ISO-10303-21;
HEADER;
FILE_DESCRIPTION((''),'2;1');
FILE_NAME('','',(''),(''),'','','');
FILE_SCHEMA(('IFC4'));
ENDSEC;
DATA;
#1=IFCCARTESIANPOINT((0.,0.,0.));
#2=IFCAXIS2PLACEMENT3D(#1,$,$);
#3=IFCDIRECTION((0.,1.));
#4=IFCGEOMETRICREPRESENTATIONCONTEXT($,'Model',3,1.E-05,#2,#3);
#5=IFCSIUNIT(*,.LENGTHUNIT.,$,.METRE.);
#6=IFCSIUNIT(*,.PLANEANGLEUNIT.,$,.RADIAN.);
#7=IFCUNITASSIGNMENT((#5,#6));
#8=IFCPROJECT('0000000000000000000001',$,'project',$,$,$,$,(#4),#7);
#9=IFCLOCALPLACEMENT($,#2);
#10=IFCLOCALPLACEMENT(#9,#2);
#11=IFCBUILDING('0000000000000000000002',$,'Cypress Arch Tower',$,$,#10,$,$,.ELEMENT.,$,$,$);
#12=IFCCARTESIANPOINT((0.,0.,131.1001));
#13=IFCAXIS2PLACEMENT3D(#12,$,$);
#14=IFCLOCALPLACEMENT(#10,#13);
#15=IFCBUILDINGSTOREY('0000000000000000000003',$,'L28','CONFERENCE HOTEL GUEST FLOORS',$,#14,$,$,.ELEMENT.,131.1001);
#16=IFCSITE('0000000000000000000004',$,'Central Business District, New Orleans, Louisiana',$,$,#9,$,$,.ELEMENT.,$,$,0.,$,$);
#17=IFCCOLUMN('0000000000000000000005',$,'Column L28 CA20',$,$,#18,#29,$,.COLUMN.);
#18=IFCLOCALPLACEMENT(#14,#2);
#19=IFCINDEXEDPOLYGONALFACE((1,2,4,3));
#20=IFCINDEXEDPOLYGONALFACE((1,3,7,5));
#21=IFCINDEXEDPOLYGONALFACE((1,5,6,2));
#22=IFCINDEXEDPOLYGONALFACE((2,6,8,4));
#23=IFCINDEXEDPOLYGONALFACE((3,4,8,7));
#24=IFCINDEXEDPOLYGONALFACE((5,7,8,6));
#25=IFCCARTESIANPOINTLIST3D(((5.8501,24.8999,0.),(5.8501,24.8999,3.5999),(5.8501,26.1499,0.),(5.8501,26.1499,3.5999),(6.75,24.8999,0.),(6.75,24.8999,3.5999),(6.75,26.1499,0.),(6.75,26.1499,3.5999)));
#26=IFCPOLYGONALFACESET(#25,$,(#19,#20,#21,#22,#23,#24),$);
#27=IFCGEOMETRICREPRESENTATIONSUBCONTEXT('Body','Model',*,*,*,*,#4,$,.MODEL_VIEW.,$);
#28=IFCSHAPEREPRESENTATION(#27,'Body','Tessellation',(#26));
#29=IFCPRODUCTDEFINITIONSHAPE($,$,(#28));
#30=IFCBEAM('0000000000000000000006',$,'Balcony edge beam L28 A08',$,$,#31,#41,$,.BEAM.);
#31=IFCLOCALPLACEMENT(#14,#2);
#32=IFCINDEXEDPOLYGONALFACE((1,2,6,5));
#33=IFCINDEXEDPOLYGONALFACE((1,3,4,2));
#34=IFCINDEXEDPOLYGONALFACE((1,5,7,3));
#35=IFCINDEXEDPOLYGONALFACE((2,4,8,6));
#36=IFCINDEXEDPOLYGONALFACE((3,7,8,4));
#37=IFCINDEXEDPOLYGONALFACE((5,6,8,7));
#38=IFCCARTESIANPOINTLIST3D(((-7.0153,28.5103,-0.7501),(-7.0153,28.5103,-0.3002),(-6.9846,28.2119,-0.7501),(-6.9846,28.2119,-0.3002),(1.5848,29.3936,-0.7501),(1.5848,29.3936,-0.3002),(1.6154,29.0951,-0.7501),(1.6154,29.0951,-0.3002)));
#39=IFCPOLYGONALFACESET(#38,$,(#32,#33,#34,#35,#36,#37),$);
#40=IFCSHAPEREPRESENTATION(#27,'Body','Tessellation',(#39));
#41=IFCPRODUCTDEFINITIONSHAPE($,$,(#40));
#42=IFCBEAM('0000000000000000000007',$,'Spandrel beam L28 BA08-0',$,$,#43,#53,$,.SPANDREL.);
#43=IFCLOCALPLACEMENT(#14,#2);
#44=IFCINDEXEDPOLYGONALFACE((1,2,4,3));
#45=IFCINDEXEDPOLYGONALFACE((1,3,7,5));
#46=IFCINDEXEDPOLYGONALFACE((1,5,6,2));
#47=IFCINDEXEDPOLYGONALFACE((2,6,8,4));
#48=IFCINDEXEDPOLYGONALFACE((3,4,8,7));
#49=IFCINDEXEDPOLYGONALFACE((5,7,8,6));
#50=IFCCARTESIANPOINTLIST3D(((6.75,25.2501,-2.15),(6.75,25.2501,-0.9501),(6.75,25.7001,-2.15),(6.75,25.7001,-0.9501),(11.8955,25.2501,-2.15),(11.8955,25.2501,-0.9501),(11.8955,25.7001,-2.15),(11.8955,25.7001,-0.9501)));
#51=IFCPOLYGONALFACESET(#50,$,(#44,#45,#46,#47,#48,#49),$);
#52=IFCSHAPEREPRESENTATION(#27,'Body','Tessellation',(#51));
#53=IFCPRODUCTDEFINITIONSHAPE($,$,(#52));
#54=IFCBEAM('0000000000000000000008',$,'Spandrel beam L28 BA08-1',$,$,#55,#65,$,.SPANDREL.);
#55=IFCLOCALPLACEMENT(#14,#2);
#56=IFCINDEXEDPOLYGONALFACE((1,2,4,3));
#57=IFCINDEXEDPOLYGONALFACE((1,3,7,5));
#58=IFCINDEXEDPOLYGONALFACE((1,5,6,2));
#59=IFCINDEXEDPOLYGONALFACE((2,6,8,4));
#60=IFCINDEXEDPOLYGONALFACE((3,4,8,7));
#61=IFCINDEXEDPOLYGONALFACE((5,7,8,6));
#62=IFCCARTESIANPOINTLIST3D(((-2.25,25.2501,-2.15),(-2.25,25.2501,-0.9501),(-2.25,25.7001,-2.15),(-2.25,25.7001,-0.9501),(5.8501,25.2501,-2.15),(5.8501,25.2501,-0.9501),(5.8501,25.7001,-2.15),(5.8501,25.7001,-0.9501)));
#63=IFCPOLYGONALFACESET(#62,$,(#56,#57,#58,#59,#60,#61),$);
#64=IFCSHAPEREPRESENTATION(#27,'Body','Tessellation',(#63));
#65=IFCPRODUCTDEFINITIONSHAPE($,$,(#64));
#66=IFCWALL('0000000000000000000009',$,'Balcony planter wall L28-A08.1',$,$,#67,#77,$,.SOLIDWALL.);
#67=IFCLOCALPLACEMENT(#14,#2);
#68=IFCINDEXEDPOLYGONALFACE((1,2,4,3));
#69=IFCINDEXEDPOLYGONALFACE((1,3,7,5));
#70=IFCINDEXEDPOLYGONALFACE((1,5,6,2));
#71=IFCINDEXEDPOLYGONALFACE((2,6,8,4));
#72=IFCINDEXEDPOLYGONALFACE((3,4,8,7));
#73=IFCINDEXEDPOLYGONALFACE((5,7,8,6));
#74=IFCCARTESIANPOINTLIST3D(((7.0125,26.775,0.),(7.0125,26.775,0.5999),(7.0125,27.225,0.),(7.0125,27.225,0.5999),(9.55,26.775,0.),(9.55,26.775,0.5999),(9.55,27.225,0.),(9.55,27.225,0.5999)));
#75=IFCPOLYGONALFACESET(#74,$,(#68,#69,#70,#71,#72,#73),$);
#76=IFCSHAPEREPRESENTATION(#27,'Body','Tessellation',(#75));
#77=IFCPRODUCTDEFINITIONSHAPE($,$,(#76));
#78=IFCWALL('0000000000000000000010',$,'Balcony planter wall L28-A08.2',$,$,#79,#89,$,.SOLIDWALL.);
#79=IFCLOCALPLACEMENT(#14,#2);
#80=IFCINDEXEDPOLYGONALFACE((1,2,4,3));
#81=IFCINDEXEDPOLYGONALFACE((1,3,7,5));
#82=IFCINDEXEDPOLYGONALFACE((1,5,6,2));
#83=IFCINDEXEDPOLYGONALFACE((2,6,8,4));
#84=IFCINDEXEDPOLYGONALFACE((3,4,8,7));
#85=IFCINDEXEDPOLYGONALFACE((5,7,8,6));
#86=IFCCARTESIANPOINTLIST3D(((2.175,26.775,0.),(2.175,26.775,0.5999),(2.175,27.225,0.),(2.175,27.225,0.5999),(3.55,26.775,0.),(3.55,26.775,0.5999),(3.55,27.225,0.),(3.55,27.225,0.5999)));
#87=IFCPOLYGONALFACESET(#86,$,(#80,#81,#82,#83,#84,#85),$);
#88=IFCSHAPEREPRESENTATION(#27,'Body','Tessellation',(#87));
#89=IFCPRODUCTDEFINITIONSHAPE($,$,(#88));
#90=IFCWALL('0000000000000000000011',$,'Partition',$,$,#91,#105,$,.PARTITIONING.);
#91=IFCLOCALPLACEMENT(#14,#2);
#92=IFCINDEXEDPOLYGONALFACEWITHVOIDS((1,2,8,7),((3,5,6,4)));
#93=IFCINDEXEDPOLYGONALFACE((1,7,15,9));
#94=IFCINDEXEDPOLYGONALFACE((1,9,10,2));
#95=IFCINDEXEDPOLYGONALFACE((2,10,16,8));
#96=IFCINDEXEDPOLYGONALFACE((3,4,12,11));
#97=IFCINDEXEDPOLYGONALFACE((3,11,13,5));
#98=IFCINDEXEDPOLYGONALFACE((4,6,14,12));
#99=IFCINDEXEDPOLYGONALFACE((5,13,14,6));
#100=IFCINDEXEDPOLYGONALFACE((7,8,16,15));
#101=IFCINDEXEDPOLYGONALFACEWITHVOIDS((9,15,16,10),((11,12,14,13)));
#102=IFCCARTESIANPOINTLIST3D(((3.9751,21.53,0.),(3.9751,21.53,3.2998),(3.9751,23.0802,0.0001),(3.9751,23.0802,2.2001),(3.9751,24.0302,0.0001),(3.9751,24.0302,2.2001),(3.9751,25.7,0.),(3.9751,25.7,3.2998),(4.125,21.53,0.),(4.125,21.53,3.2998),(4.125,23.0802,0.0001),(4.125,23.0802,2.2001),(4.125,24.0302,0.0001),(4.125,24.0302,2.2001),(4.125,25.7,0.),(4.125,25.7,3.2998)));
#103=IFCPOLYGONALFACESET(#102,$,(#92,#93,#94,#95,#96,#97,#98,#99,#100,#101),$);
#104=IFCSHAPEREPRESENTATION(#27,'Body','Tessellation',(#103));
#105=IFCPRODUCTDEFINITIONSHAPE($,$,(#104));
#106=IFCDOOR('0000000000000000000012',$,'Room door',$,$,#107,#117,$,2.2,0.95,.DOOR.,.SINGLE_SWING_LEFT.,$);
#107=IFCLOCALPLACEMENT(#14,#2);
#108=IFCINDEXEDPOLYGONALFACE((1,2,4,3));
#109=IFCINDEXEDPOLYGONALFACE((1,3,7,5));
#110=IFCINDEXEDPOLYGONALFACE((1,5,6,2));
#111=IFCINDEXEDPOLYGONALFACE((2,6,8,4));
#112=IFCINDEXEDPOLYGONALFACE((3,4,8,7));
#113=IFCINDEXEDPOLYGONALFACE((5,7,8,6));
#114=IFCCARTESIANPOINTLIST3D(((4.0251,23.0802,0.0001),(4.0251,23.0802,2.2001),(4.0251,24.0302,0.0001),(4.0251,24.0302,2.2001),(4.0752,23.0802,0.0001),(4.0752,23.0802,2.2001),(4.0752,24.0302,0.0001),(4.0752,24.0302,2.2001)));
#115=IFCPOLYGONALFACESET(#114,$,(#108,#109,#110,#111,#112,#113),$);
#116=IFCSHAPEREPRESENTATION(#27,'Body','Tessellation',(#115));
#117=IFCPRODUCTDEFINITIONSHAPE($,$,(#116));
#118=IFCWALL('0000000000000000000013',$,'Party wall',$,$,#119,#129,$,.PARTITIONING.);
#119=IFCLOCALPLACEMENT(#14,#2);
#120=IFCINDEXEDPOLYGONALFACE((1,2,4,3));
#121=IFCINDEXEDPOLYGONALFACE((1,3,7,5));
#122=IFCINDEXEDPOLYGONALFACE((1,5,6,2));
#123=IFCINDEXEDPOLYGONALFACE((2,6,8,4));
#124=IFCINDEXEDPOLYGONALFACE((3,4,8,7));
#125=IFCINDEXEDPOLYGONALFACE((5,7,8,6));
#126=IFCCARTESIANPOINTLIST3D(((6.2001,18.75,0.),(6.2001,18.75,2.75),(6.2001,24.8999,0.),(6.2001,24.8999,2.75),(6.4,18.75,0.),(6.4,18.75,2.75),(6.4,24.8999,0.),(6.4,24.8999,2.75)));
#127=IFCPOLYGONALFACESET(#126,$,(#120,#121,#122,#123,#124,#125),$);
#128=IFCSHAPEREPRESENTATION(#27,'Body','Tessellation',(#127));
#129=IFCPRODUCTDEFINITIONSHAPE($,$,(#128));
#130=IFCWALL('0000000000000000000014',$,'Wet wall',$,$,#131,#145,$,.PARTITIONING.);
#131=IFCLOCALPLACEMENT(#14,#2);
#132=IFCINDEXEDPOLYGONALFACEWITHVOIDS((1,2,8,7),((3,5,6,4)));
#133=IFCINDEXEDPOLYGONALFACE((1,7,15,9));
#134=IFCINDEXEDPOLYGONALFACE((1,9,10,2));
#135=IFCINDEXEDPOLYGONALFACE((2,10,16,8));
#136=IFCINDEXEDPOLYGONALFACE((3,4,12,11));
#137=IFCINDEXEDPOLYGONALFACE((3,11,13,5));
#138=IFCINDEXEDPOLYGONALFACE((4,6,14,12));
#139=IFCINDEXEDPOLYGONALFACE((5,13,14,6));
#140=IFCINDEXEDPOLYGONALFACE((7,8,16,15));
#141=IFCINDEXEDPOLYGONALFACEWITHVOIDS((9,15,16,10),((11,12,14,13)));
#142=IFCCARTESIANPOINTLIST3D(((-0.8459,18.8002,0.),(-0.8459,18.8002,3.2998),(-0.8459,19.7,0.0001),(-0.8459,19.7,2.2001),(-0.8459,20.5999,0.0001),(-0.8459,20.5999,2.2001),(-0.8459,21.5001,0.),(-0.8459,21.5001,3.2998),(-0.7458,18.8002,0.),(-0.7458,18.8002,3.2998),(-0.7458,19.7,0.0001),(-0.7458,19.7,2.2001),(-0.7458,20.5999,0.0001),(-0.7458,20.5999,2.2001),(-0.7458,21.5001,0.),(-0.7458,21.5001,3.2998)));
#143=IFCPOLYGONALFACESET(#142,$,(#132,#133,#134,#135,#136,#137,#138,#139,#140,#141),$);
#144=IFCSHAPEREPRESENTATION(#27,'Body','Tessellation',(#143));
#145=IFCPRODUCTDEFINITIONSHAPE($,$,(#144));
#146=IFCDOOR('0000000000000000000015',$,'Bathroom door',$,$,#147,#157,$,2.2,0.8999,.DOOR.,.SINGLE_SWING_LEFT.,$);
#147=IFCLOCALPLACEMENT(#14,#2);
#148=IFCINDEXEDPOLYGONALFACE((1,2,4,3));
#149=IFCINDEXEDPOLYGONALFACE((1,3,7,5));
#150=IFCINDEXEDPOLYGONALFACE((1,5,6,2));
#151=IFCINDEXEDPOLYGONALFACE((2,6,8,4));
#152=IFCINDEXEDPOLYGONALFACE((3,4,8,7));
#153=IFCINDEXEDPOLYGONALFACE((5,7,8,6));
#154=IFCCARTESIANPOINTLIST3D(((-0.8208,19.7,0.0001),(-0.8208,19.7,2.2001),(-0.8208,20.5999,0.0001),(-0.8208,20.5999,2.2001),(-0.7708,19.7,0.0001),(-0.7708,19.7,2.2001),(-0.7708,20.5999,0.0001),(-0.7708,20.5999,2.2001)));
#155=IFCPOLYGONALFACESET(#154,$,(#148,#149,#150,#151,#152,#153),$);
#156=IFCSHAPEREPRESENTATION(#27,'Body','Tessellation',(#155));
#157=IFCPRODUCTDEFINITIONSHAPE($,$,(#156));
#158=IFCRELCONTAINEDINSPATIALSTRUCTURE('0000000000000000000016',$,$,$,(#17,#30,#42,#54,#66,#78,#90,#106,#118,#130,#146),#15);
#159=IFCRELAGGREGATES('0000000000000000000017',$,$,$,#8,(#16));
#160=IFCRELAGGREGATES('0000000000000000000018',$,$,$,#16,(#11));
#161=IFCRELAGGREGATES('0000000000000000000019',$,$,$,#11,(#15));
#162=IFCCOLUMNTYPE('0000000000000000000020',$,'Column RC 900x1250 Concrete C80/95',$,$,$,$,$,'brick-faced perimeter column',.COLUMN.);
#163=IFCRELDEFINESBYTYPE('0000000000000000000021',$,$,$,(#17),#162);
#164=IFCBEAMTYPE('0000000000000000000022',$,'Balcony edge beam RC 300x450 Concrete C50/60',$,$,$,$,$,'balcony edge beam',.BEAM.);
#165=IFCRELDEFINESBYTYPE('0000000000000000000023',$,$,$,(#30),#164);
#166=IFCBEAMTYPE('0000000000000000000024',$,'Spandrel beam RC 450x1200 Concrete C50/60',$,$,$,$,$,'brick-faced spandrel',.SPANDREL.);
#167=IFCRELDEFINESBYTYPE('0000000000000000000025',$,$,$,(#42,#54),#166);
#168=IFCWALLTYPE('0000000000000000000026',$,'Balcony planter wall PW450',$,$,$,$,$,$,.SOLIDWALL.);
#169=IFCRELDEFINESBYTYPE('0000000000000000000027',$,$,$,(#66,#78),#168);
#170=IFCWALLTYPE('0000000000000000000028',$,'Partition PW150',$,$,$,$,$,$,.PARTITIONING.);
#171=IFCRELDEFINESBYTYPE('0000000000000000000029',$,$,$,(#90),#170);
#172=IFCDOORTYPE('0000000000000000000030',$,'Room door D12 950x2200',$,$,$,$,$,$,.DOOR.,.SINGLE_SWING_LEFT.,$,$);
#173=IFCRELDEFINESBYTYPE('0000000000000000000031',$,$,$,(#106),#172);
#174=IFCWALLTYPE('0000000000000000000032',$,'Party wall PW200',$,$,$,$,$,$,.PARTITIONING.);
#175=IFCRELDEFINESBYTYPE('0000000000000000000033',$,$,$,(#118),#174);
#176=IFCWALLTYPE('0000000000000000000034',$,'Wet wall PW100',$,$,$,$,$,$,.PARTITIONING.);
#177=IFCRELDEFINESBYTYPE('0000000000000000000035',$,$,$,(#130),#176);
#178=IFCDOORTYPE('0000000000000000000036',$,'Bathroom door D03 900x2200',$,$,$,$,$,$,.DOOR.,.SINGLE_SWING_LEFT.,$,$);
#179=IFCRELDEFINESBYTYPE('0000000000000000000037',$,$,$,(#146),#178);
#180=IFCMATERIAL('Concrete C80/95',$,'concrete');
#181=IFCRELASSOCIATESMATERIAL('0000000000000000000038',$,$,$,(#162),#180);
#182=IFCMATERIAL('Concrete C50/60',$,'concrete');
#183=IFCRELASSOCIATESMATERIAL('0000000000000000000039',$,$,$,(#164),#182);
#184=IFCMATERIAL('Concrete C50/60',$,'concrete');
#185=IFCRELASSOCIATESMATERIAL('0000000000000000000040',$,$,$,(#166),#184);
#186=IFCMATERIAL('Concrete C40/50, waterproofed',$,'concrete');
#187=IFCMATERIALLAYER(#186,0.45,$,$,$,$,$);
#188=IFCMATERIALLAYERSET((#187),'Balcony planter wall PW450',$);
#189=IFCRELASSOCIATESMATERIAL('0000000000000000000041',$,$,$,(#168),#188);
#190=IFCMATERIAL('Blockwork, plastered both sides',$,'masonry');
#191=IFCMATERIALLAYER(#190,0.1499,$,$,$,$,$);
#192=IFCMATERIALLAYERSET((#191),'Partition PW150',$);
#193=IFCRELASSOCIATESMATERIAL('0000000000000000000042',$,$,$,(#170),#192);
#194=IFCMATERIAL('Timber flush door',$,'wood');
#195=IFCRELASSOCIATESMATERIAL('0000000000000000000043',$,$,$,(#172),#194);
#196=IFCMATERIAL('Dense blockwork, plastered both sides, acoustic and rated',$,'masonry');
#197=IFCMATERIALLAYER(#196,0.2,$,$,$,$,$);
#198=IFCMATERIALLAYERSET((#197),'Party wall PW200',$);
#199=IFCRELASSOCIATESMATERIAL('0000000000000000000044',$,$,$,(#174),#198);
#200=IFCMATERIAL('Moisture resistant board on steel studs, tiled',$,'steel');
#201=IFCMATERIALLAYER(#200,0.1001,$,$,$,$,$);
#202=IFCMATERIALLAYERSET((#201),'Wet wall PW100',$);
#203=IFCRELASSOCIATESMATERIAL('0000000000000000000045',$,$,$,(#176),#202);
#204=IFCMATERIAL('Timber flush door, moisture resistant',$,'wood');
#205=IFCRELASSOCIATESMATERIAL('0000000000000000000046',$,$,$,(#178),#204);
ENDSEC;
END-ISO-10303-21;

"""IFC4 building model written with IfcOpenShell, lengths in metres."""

from ifc_helpers import new_model, si_unit, direction, frame, frame_2d, origin, origin_2d, place, context, subcontext, project, spatial, rectangle, extrude, material, layer, layer_set, material_profile, profile_set, type_object, element, fill, save


model = new_model("IFC4")

# Units and contexts
model_context = context("Model", 3, precision=1e-05, world=origin(), true_north=direction((0.0, 1.0)))
body_context = subcontext(model_context, "Body", "Model", "MODEL_VIEW")
ifc_project = project(units=[si_unit("LENGTHUNIT", "METRE"), si_unit("PLANEANGLEUNIT", "RADIAN")], contexts=[model_context])

# Site, building, storey
site_placement = place(None, origin())
site = spatial("IfcSite", under=ifc_project, at=site_placement, Name="Central Business District, New Orleans, Louisiana", CompositionType="ELEMENT", RefElevation=0.0)
building_placement = place(site_placement, origin())
building = spatial("IfcBuilding", under=site, at=building_placement, Name="Cypress Arch Tower", CompositionType="ELEMENT")
storey_placement = place(building_placement, frame((0.0, 0.0, 131.1001)))
storey = spatial("IfcBuildingStorey", under=building, at=storey_placement, Name="L28", Description="CONFERENCE HOTEL GUEST FLOORS", CompositionType="ELEMENT", Elevation=131.1001)

# Column
ifc_material_1 = material(Name="Concrete C80/95", Category="concrete")
ifc_material_profile_1 = material_profile(ifc_material_1, rectangle(XDim=0.8999, YDim=1.25, at=origin_2d()), Name="RC 900x1250")
ifc_profile_set_1 = profile_set([ifc_material_profile_1], Name="Concrete C80/95")
column_type = type_object("IfcColumnType", Name="Column RC 900x1250 Concrete C80/95", ElementType="brick-faced perimeter column", PredefinedType="COLUMN", material=ifc_profile_set_1)
column_placement = place(storey_placement, frame((6.3, 25.5249, 0.0), z_axis=(0.0, 0.0, 1.0), x_axis=(-1.0, 0.0, 0.0)))
element("IfcColumn", 1, at=column_placement, inside=storey, type_object=column_type, Name="Column L28 CA20", PredefinedType="COLUMN", context=body_context, shape_type="SweptSolid", body=[
    extrude(rectangle(XDim=0.8999, YDim=1.25, at=origin_2d()), origin(), (0.0, 0.0, 1.0), 3.5999),
])

# Beams
ifc_material_2 = material(Name="Concrete C50/60", Category="concrete")
ifc_material_profile_2 = material_profile(ifc_material_2, rectangle(XDim=0.3, YDim=0.45, at=origin_2d()), Name="RC 300x450")
ifc_profile_set_2 = profile_set([ifc_material_profile_2], Name="Concrete C50/60")
beam_type_1 = type_object("IfcBeamType", Name="Balcony edge beam RC 300x450 Concrete C50/60", ElementType="balcony edge beam", PredefinedType="BEAM", material=ifc_profile_set_2)
beam_1_placement = place(storey_placement, frame((1.6001, 29.2444, -0.5251), z_axis=(-0.994767, -0.102171, 0.0), x_axis=(0.102171, -0.994767, 0.0)))
element("IfcBeam", 2, at=beam_1_placement, inside=storey, type_object=beam_type_1, Name="Balcony edge beam L28 A08", PredefinedType="BEAM", context=body_context, shape_type="SweptSolid", body=[
    extrude(rectangle(XDim=0.3, YDim=0.45, at=origin_2d()), origin(), (0.0, 0.0, 1.0), 8.6453),
])
ifc_material_3 = material(Name="Concrete C50/60", Category="concrete")
ifc_material_profile_3 = material_profile(ifc_material_3, rectangle(XDim=0.45, YDim=1.2, at=origin_2d()), Name="RC 450x1200")
ifc_profile_set_3 = profile_set([ifc_material_profile_3], Name="Concrete C50/60")
beam_type_2 = type_object("IfcBeamType", Name="Spandrel beam RC 450x1200 Concrete C50/60", ElementType="brick-faced spandrel", PredefinedType="SPANDREL", material=ifc_profile_set_3)
beam_2_placement = place(storey_placement, frame((11.8955, 25.4751, -1.55), z_axis=(-1.0, 0.0, 0.0), x_axis=(0.0, -1.0, 0.0)))
element("IfcBeam", 3, at=beam_2_placement, inside=storey, type_object=beam_type_2, Name="Spandrel beam L28 BA08-0", PredefinedType="SPANDREL", context=body_context, shape_type="SweptSolid", body=[
    extrude(rectangle(XDim=0.45, YDim=1.2, at=origin_2d()), origin(), (0.0, 0.0, 1.0), 5.1455),
])
beam_3_placement = place(storey_placement, frame((5.8501, 25.4751, -1.55), z_axis=(-1.0, 0.0, 0.0), x_axis=(0.0, -1.0, 0.0)))
element("IfcBeam", 4, at=beam_3_placement, inside=storey, type_object=beam_type_2, Name="Spandrel beam L28 BA08-1", PredefinedType="SPANDREL", context=body_context, shape_type="SweptSolid", body=[
    extrude(rectangle(XDim=0.45, YDim=1.2, at=origin_2d()), origin(), (0.0, 0.0, 1.0), 8.1001),
])

# Walls
ifc_material_4 = material(Name="Concrete C40/50, waterproofed", Category="concrete")
ifc_layer_1 = layer(ifc_material_4, 0.45)
ifc_layer_set_1 = layer_set([ifc_layer_1], Name="Balcony planter wall PW450")
wall_type_1 = type_object("IfcWallType", Name="Balcony planter wall PW450", PredefinedType="SOLIDWALL", material=ifc_layer_set_1)
wall_1_placement = place(storey_placement, frame((9.55, 27.0, 0.0), z_axis=(0.0, 0.0, 1.0), x_axis=(-1.0, 0.0, 0.0)))
element("IfcWall", 5, at=wall_1_placement, inside=storey, type_object=wall_type_1, Name="Balcony planter wall L28-A08.1", PredefinedType="SOLIDWALL", context=body_context, shape_type="SweptSolid", body=[
    extrude(rectangle(XDim=2.5376, YDim=0.45, at=frame_2d((1.2688, 0.0))), origin(), (0.0, 0.0, 1.0), 0.5999),
])
wall_2_placement = place(storey_placement, frame((3.55, 27.0, 0.0), z_axis=(0.0, 0.0, 1.0), x_axis=(-1.0, 0.0, 0.0)))
element("IfcWall", 6, at=wall_2_placement, inside=storey, type_object=wall_type_1, Name="Balcony planter wall L28-A08.2", PredefinedType="SOLIDWALL", context=body_context, shape_type="SweptSolid", body=[
    extrude(rectangle(XDim=1.375, YDim=0.45, at=frame_2d((0.6875, 0.0))), origin(), (0.0, 0.0, 1.0), 0.5999),
])

# Wall, opening, door
ifc_material_5 = material(Name="Blockwork, plastered both sides", Category="masonry")
ifc_layer_2 = layer(ifc_material_5, 0.1499)
ifc_layer_set_2 = layer_set([ifc_layer_2], Name="Partition PW150")
wall_type_2 = type_object("IfcWallType", Name="Partition PW150", PredefinedType="PARTITIONING", material=ifc_layer_set_2)
wall_3_placement = place(storey_placement, frame((4.05, 21.53, 0.0), z_axis=(0.0, 0.0, 1.0), x_axis=(0.0, 1.0, 0.0)))
wall_3 = element("IfcWall", 7, at=wall_3_placement, inside=storey, type_object=wall_type_2, Name="Partition", PredefinedType="PARTITIONING", context=body_context, shape_type="SweptSolid", body=[
    extrude(rectangle(XDim=4.1699, YDim=0.1499, at=frame_2d((2.085, 0.0))), origin(), (0.0, 0.0, 1.0), 3.2998),
])
opening_1_placement = place(wall_3_placement, frame((1.55, 0.0, 0.0)))
opening_1 = element("IfcOpeningElement", 8, at=opening_1_placement, cuts=wall_3, PredefinedType="OPENING", context=body_context, shape_type="SweptSolid", body=[
    extrude(rectangle(XDim=0.95, YDim=2.2, at=frame_2d((0.4751, 1.1001))), frame((0.0, 0.085, 0.0), z_axis=(0.0, -1.0, 0.0), x_axis=(1.0, 0.0, 0.0)), (0.0, 0.0, 1.0), 0.1699),
])
ifc_material_6 = material(Name="Timber flush door", Category="wood")
door_type_1 = type_object("IfcDoorType", Name="Room door D12 950x2200", OperationType="SINGLE_SWING_LEFT", PredefinedType="DOOR", material=ifc_material_6)
door_1_placement = place(opening_1_placement, origin())
door_1 = element("IfcDoor", 9, at=door_1_placement, inside=storey, type_object=door_type_1, Name="Room door", OperationType="SINGLE_SWING_LEFT", OverallHeight=2.2, OverallWidth=0.95, PredefinedType="DOOR", context=body_context, shape_type="SweptSolid", body=[
    extrude(rectangle(XDim=0.95, YDim=2.2, at=frame_2d((0.4751, 1.1001))), frame((0.0, 0.0249, 0.0), z_axis=(0.0, -1.0, 0.0), x_axis=(1.0, 0.0, 0.0)), (0.0, 0.0, 1.0), 0.05),
])
fill(opening_1, door_1)

# Wall
ifc_material_7 = material(Name="Dense blockwork, plastered both sides, acoustic and rated", Category="masonry")
ifc_layer_3 = layer(ifc_material_7, 0.2)
ifc_layer_set_3 = layer_set([ifc_layer_3], Name="Party wall PW200")
wall_type_3 = type_object("IfcWallType", Name="Party wall PW200", PredefinedType="PARTITIONING", material=ifc_layer_set_3)
wall_4_placement = place(storey_placement, frame((6.3, 18.75, 0.0), z_axis=(0.0, 0.0, 1.0), x_axis=(0.0, 1.0, 0.0)))
element("IfcWall", 10, at=wall_4_placement, inside=storey, type_object=wall_type_3, Name="Party wall", PredefinedType="PARTITIONING", context=body_context, shape_type="SweptSolid", body=[
    extrude(rectangle(XDim=6.1499, YDim=0.2, at=frame_2d((3.075, 0.0))), origin(), (0.0, 0.0, 1.0), 2.75),
])

# Wall, opening, door
ifc_material_8 = material(Name="Moisture resistant board on steel studs, tiled", Category="steel")
ifc_layer_4 = layer(ifc_material_8, 0.1001)
ifc_layer_set_4 = layer_set([ifc_layer_4], Name="Wet wall PW100")
wall_type_4 = type_object("IfcWallType", Name="Wet wall PW100", PredefinedType="PARTITIONING", material=ifc_layer_set_4)
wall_5_placement = place(storey_placement, frame((-0.7959, 18.8, 0.0), z_axis=(0.0, 0.0, 1.0), x_axis=(0.0, 1.0, 0.0)))
wall_5 = element("IfcWall", 11, at=wall_5_placement, inside=storey, type_object=wall_type_4, Name="Wet wall", PredefinedType="PARTITIONING", context=body_context, shape_type="SweptSolid", body=[
    extrude(rectangle(XDim=2.7, YDim=0.1001, at=frame_2d((1.3501, 0.0))), origin(), (0.0, 0.0, 1.0), 3.2998),
])
opening_2_placement = place(wall_5_placement, frame((0.8999, 0.0, 0.0)))
opening_2 = element("IfcOpeningElement", 12, at=opening_2_placement, cuts=wall_5, PredefinedType="OPENING", context=body_context, shape_type="SweptSolid", body=[
    extrude(rectangle(XDim=0.8999, YDim=2.2, at=frame_2d((0.45, 1.1001))), frame((0.0, 0.0601, 0.0), z_axis=(0.0, -1.0, 0.0), x_axis=(1.0, 0.0, 0.0)), (0.0, 0.0, 1.0), 0.1201),
])
ifc_material_9 = material(Name="Timber flush door, moisture resistant", Category="wood")
door_type_2 = type_object("IfcDoorType", Name="Bathroom door D03 900x2200", OperationType="SINGLE_SWING_LEFT", PredefinedType="DOOR", material=ifc_material_9)
door_2_placement = place(opening_2_placement, origin())
door_2 = element("IfcDoor", 13, at=door_2_placement, inside=storey, type_object=door_type_2, Name="Bathroom door", OperationType="SINGLE_SWING_LEFT", OverallHeight=2.2, OverallWidth=0.8999, PredefinedType="DOOR", context=body_context, shape_type="SweptSolid", body=[
    extrude(rectangle(XDim=0.8999, YDim=2.2, at=frame_2d((0.45, 1.1001))), frame((0.0, 0.0249, 0.0), z_axis=(0.0, -1.0, 0.0), x_axis=(1.0, 0.0, 0.0)), (0.0, 0.0, 1.0), 0.05),
])
fill(opening_2, door_2)

save(model, "model.ifc")
